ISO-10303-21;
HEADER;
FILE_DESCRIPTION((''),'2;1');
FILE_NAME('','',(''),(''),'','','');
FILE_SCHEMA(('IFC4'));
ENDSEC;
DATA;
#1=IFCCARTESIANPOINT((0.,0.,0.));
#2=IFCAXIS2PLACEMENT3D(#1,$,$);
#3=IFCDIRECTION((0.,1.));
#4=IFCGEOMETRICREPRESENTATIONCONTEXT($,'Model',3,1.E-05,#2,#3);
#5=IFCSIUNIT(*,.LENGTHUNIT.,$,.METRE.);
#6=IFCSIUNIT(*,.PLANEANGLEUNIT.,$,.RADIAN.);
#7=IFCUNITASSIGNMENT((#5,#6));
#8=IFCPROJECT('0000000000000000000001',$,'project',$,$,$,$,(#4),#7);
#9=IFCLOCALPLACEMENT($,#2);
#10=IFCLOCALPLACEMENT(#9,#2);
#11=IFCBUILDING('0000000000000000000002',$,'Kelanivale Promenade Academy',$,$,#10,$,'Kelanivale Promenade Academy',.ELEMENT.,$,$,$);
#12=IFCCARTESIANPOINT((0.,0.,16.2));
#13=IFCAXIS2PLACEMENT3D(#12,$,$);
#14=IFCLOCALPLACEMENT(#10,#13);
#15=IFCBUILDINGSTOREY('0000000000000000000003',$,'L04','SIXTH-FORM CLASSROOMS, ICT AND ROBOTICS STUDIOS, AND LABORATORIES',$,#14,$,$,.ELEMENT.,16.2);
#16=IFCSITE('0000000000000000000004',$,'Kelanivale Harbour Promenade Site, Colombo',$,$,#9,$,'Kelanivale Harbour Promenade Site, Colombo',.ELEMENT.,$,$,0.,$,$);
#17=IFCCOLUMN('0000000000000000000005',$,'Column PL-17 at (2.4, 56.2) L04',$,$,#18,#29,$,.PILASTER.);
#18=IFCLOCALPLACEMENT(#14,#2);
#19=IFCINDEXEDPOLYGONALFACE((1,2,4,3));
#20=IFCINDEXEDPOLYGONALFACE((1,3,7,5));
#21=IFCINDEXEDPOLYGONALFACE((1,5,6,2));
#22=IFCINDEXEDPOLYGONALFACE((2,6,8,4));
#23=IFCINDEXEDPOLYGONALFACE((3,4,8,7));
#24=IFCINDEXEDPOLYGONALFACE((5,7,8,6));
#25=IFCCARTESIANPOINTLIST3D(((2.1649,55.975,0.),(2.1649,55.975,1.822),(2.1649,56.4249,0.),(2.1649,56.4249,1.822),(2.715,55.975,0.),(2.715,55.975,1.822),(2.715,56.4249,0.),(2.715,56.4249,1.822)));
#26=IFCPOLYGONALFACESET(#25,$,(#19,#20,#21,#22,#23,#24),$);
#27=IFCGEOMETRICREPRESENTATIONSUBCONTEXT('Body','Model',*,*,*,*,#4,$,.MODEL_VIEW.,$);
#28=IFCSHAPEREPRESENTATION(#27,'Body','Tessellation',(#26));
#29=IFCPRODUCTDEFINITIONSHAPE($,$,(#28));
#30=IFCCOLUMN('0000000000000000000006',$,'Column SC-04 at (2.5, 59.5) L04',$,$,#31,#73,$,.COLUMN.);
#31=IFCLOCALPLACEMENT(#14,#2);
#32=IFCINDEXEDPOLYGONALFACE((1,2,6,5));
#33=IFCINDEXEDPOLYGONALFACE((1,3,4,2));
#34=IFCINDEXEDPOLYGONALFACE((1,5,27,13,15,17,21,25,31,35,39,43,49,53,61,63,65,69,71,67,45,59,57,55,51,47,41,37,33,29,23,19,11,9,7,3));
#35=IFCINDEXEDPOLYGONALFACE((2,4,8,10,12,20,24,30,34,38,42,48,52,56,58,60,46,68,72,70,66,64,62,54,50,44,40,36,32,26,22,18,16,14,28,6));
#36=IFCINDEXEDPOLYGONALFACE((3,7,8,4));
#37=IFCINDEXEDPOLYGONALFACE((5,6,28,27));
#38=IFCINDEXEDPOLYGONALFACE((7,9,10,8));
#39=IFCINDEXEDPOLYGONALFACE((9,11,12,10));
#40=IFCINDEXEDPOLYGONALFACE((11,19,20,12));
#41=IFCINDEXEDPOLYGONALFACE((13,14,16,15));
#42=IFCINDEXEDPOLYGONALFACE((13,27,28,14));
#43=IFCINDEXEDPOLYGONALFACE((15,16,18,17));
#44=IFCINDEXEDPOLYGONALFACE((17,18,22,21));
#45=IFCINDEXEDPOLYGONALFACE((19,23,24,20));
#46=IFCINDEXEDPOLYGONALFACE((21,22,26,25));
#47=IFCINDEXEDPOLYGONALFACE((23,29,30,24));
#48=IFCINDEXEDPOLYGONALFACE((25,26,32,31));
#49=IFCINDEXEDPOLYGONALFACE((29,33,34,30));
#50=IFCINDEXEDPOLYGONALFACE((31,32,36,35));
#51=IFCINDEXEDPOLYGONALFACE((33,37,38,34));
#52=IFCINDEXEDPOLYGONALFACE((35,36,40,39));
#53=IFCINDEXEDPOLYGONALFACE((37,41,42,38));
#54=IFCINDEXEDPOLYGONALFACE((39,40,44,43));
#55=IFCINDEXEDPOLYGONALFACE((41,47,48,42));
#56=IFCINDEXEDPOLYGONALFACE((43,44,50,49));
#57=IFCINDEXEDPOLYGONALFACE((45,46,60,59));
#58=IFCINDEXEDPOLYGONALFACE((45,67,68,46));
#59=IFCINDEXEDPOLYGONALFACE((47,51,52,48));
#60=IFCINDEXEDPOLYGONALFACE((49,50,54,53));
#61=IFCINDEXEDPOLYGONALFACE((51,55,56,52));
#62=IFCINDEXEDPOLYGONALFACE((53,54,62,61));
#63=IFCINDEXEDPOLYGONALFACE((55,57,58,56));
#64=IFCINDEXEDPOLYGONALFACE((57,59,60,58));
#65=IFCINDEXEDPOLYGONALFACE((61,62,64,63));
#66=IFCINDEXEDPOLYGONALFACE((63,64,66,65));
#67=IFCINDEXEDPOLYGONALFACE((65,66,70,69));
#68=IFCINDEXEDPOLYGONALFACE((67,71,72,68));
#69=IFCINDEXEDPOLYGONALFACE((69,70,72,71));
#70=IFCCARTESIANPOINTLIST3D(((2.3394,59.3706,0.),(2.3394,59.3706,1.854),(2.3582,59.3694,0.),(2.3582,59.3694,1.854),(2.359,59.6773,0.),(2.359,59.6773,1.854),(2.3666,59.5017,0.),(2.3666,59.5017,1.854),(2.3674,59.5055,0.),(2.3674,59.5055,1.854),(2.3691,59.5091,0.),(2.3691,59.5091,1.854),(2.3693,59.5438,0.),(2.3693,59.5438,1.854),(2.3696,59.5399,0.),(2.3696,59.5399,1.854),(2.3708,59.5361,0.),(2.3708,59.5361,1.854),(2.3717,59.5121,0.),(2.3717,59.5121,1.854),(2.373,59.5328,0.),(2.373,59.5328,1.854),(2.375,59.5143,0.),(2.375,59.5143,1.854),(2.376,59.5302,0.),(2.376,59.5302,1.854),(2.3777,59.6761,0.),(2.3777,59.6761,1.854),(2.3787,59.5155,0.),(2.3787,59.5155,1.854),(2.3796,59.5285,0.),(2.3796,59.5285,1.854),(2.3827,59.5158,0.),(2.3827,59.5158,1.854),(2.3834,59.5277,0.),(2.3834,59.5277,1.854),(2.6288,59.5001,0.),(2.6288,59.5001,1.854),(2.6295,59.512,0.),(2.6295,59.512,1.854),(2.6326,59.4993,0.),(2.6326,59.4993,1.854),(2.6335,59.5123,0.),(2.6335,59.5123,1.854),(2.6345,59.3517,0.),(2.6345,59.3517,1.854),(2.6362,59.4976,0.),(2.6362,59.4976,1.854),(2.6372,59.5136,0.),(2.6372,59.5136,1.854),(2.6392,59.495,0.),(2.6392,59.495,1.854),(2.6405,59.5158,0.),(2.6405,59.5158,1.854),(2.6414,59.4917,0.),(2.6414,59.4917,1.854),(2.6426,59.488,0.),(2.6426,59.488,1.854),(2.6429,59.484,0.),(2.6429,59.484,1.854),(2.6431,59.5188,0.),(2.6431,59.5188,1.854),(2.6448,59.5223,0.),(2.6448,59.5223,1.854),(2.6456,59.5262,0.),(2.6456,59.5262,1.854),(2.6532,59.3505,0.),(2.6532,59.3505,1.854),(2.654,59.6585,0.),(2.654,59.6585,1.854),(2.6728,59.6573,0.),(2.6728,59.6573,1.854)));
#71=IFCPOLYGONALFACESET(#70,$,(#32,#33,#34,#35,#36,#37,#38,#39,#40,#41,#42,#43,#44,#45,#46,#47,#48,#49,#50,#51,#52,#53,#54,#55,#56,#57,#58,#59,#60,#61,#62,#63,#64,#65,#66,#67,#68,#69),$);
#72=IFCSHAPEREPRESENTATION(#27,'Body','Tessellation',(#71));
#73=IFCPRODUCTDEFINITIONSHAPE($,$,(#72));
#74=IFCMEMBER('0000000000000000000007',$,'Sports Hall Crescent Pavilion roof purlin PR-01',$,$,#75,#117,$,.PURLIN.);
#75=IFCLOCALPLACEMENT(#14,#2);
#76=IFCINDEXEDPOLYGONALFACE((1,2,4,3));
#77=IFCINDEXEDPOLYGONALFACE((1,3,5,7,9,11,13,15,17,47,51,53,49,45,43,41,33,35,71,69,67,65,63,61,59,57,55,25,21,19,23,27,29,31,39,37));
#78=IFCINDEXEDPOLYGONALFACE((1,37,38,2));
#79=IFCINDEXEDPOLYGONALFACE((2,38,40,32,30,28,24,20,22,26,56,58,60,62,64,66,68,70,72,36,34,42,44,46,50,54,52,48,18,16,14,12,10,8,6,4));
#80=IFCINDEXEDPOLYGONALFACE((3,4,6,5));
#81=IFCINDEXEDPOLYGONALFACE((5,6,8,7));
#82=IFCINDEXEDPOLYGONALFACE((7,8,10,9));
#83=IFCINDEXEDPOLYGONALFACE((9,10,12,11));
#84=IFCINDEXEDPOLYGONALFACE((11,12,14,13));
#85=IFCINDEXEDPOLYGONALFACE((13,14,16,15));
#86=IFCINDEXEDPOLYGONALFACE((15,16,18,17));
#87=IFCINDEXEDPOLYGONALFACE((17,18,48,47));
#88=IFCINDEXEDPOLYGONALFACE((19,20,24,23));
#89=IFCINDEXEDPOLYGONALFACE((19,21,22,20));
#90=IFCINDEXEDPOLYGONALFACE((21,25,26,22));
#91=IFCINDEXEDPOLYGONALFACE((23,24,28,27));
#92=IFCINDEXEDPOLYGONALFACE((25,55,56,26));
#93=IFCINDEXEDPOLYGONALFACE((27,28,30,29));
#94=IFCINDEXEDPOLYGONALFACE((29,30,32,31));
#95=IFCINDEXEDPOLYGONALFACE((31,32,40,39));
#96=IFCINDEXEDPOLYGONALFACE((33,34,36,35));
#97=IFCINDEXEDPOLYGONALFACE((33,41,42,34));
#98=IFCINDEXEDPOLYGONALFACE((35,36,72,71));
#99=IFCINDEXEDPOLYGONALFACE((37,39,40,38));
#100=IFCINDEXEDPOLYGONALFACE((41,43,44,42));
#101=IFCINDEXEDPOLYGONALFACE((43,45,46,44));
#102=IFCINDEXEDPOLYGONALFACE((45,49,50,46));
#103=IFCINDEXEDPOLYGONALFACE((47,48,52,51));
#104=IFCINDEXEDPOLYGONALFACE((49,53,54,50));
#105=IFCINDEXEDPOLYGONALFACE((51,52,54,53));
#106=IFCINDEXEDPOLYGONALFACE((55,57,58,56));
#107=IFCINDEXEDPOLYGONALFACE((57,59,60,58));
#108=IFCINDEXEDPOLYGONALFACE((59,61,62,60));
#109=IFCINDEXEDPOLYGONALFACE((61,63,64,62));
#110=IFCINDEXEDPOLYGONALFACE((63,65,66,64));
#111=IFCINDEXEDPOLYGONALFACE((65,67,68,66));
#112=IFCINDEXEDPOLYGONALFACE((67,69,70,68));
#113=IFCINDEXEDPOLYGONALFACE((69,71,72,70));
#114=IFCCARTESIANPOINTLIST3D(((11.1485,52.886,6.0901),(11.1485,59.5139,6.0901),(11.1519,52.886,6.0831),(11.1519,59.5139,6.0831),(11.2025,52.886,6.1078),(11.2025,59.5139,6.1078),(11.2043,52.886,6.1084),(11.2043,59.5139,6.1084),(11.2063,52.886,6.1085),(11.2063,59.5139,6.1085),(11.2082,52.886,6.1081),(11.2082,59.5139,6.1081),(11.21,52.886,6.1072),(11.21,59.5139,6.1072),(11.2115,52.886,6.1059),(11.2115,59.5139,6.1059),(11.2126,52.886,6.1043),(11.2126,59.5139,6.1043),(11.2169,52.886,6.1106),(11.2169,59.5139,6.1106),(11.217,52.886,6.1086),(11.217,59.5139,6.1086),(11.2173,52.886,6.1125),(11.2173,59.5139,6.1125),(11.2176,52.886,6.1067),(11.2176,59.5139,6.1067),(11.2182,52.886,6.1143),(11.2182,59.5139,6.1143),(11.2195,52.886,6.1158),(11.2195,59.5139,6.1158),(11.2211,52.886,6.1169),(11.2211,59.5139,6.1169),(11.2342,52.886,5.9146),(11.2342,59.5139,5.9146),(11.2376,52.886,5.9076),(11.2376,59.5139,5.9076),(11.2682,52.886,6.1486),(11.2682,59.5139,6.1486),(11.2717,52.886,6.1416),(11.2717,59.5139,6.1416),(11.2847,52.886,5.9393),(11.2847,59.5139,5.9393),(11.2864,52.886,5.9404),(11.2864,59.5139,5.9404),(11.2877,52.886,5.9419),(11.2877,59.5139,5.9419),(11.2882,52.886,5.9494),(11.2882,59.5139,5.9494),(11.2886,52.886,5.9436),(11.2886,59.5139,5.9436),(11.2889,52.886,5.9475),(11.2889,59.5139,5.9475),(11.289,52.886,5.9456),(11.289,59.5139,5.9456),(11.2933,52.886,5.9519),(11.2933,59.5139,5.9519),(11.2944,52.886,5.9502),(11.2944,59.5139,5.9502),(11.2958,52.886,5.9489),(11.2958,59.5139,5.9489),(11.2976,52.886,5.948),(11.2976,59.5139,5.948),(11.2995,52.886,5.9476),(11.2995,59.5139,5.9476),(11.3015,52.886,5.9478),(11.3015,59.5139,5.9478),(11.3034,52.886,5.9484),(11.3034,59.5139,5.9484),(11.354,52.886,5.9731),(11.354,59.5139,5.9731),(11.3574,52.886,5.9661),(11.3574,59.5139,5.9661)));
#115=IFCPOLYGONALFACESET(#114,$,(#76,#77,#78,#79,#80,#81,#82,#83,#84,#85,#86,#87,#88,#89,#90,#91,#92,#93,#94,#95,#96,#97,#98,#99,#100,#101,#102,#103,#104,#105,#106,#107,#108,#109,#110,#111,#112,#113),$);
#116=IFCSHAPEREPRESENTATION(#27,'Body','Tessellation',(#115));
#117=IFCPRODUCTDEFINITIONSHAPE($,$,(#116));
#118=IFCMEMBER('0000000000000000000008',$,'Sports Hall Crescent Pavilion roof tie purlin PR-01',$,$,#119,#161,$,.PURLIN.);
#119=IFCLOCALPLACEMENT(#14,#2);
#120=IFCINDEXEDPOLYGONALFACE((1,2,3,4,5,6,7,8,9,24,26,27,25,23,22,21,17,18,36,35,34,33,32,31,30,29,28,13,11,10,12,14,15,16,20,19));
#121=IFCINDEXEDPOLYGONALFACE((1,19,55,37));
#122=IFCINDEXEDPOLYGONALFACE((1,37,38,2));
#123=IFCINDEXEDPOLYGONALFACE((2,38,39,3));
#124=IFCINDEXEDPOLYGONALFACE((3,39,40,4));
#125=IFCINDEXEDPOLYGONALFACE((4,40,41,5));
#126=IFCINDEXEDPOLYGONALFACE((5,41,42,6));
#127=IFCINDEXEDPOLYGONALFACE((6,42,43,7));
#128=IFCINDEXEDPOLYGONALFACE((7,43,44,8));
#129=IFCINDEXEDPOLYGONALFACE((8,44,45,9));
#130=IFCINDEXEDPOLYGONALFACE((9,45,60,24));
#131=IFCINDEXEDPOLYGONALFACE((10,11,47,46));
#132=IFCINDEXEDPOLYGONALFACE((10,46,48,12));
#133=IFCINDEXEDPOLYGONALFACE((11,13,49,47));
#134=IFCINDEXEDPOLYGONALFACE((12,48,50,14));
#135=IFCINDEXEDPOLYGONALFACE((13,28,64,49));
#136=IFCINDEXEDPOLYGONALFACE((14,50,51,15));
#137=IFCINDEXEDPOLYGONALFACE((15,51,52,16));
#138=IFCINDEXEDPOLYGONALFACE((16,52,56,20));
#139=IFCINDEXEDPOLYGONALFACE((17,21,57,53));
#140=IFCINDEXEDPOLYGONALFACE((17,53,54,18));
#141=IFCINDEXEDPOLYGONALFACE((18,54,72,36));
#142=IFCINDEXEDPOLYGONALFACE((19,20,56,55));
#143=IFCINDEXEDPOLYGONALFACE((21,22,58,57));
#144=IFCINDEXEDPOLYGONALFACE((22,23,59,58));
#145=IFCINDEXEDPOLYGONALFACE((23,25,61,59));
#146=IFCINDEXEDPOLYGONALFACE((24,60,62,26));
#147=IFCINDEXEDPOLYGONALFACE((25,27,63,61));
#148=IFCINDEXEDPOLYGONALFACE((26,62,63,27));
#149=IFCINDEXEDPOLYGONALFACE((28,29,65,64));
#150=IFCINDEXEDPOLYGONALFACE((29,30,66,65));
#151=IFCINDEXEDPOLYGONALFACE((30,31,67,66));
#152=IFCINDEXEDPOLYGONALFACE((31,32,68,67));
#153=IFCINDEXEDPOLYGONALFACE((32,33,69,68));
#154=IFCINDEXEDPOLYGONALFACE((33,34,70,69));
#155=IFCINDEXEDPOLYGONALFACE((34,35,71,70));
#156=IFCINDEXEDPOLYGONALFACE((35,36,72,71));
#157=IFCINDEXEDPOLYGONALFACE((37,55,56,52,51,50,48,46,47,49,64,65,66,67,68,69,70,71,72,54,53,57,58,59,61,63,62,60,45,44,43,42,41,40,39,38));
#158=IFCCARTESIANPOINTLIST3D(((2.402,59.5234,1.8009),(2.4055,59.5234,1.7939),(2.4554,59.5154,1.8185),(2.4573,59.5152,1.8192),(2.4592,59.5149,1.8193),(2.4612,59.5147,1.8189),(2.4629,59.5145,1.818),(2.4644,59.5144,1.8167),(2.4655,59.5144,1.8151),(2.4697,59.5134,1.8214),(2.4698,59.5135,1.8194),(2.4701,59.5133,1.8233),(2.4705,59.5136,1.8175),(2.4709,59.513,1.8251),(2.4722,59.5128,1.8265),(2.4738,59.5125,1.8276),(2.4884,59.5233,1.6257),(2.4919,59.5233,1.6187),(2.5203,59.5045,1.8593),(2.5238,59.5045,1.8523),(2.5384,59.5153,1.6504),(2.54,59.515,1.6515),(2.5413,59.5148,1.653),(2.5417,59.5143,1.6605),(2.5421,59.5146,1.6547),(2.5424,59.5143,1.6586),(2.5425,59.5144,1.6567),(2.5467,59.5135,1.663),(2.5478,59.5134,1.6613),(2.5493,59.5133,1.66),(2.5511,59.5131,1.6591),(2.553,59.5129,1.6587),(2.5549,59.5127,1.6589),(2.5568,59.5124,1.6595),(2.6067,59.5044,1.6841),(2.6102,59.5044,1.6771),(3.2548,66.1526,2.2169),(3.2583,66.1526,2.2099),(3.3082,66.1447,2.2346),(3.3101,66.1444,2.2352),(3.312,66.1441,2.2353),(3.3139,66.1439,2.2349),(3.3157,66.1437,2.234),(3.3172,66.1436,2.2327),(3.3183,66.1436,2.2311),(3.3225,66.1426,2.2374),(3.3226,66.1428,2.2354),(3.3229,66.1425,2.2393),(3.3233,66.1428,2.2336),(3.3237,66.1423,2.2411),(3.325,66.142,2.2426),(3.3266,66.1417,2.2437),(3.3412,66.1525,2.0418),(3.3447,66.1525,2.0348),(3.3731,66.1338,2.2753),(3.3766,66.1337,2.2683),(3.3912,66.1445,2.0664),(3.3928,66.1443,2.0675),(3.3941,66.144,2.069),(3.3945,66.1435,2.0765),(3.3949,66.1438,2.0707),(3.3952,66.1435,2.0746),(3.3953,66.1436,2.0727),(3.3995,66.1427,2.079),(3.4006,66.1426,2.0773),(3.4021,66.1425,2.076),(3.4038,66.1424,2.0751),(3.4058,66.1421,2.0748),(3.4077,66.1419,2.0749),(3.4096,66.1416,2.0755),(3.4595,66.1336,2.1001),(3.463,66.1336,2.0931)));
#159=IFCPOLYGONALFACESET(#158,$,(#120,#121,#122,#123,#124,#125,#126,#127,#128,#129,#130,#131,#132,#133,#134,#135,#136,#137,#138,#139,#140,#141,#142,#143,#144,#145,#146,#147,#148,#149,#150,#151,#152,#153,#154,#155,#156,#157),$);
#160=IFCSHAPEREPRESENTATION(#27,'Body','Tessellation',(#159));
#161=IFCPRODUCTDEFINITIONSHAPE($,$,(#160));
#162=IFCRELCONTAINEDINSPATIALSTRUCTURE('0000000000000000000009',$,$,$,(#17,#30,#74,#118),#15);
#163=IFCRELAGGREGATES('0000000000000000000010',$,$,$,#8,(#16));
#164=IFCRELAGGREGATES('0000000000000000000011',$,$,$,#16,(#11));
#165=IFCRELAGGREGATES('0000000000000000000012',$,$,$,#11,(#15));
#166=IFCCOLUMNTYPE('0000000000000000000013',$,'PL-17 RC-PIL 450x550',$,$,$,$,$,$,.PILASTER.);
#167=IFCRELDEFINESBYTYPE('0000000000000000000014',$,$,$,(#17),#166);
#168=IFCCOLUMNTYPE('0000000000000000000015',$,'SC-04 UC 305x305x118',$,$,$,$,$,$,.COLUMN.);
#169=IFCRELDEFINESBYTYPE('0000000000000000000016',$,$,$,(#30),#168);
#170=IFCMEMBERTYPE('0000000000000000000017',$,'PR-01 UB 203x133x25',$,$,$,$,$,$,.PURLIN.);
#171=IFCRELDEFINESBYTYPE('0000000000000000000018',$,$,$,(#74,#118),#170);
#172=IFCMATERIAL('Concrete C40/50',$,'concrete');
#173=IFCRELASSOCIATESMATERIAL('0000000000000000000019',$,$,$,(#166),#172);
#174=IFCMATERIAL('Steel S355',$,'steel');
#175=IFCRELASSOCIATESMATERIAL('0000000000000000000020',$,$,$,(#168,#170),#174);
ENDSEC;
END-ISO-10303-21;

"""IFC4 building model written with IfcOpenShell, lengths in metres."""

from ifc_helpers import new_model, si_unit, direction, frame, origin, origin_2d, place, context, subcontext, project, spatial, rectangle, i_section, extrude, material, material_profile, profile_set, type_object, element, save


model = new_model("IFC4")

# Units and contexts
model_context = context("Model", 3, precision=1e-05, world=origin(), true_north=direction((0.0, 1.0)))
body_context = subcontext(model_context, "Body", "Model", "MODEL_VIEW")
ifc_project = project(units=[si_unit("LENGTHUNIT", "METRE"), si_unit("PLANEANGLEUNIT", "RADIAN")], contexts=[model_context])

# Site, building, storey
site_placement = place(None, origin())
site = spatial("IfcSite", under=ifc_project, at=site_placement, Name="Kelanivale Harbour Promenade Site, Colombo", LongName="Kelanivale Harbour Promenade Site, Colombo", CompositionType="ELEMENT", RefElevation=0.0)
building_placement = place(site_placement, origin())
building = spatial("IfcBuilding", under=site, at=building_placement, Name="Kelanivale Promenade Academy", LongName="Kelanivale Promenade Academy", CompositionType="ELEMENT")
storey_placement = place(building_placement, frame((0.0, 0.0, 16.2)))
storey = spatial("IfcBuildingStorey", under=building, at=storey_placement, Name="L04", Description="SIXTH-FORM CLASSROOMS, ICT AND ROBOTICS STUDIOS, AND LABORATORIES", CompositionType="ELEMENT", Elevation=16.2)

# Columns
ifc_material_1 = material(Name="Concrete C40/50", Category="concrete")
ifc_material_profile_1 = material_profile(ifc_material_1, rectangle(XDim=0.45, YDim=0.55, at=origin_2d()), Name="RC-PIL 450x550")
ifc_profile_set_1 = profile_set([ifc_material_profile_1], Name="Concrete C40/50")
column_type_1 = type_object("IfcColumnType", Name="PL-17 RC-PIL 450x550", PredefinedType="PILASTER", material=ifc_profile_set_1)
column_1_placement = place(storey_placement, frame((2.4399, 56.2, 0.0), z_axis=(0.0, 0.0, 1.0), x_axis=(0.0, 1.0, 0.0)))
element("IfcColumn", 1, at=column_1_placement, inside=storey, type_object=column_type_1, Name="Column PL-17 at (2.4, 56.2) L04", PredefinedType="PILASTER", context=body_context, shape_type="SweptSolid", body=[
    extrude(rectangle(XDim=0.45, YDim=0.55, at=origin_2d()), origin(), (0.0, 0.0, 1.0), 1.822),
])
ifc_material_2 = material(Name="Steel S355", Category="steel")
ifc_material_profile_2 = material_profile(ifc_material_2, i_section(OverallWidth=0.3074, OverallDepth=0.3145, WebThickness=0.012, FlangeThickness=0.0188, FilletRadius=0.0151, at=origin_2d()), Name="UC 305x305x118")
ifc_profile_set_2 = profile_set([ifc_material_profile_2], Name="Steel S355")
column_type_2 = type_object("IfcColumnType", Name="SC-04 UC 305x305x118", PredefinedType="COLUMN", material=ifc_profile_set_2)
column_2_placement = place(storey_placement, frame((2.5061, 59.5139, 0.0), z_axis=(0.0, 0.0, 1.0), x_axis=(0.063661, 0.997972, 0.0)))
element("IfcColumn", 2, at=column_2_placement, inside=storey, type_object=column_type_2, Name="Column SC-04 at (2.5, 59.5) L04", PredefinedType="COLUMN", context=body_context, shape_type="SweptSolid", body=[
    extrude(i_section(OverallWidth=0.3074, OverallDepth=0.3145, WebThickness=0.012, FlangeThickness=0.0188, FilletRadius=0.0151, at=origin_2d()), origin(), (0.0, 0.0, 1.0), 1.854),
])

# Members
ifc_material_profile_3 = material_profile(ifc_material_2, i_section(OverallWidth=0.1333, OverallDepth=0.2031, WebThickness=0.0056, FlangeThickness=0.0078, FilletRadius=0.0076, at=origin_2d()), Name="UB 203x133x25")
ifc_profile_set_3 = profile_set([ifc_material_profile_3], Name="Steel S355")
member_type_1 = type_object("IfcMemberType", Name="PR-01 UB 203x133x25", PredefinedType="PURLIN", material=ifc_profile_set_3)
member_1_placement = place(storey_placement, frame((11.2529, 52.886, 6.0281), z_axis=(0.0, 1.0, 0.0), x_axis=(-0.898564, 0.0, -0.438842)))
element("IfcMember", 3, at=member_1_placement, inside=storey, type_object=member_type_1, Name="Sports Hall Crescent Pavilion roof purlin PR-01", PredefinedType="PURLIN", context=body_context, shape_type="SweptSolid", body=[
    extrude(i_section(OverallWidth=0.1333, OverallDepth=0.2031, WebThickness=0.0056, FlangeThickness=0.0078, FilletRadius=0.0076, at=origin_2d()), origin(), (0.0, 0.0, 1.0), 6.6279),
])
member_2_placement = place(storey_placement, frame((2.5061, 59.5139, 1.739), z_axis=(0.127344, 0.989911, 0.062122), x_axis=(-0.887742, 0.141687, -0.437994)))
element("IfcMember", 4, at=member_2_placement, inside=storey, type_object=member_type_1, Name="Sports Hall Crescent Pavilion roof tie purlin PR-01", PredefinedType="PURLIN", context=body_context, shape_type="SweptSolid", body=[
    extrude(i_section(OverallWidth=0.1333, OverallDepth=0.2031, WebThickness=0.0056, FlangeThickness=0.0078, FilletRadius=0.0076, at=origin_2d()), origin(), (0.0, 0.0, 1.0), 6.6968),
])

save(model, "model.ifc")
